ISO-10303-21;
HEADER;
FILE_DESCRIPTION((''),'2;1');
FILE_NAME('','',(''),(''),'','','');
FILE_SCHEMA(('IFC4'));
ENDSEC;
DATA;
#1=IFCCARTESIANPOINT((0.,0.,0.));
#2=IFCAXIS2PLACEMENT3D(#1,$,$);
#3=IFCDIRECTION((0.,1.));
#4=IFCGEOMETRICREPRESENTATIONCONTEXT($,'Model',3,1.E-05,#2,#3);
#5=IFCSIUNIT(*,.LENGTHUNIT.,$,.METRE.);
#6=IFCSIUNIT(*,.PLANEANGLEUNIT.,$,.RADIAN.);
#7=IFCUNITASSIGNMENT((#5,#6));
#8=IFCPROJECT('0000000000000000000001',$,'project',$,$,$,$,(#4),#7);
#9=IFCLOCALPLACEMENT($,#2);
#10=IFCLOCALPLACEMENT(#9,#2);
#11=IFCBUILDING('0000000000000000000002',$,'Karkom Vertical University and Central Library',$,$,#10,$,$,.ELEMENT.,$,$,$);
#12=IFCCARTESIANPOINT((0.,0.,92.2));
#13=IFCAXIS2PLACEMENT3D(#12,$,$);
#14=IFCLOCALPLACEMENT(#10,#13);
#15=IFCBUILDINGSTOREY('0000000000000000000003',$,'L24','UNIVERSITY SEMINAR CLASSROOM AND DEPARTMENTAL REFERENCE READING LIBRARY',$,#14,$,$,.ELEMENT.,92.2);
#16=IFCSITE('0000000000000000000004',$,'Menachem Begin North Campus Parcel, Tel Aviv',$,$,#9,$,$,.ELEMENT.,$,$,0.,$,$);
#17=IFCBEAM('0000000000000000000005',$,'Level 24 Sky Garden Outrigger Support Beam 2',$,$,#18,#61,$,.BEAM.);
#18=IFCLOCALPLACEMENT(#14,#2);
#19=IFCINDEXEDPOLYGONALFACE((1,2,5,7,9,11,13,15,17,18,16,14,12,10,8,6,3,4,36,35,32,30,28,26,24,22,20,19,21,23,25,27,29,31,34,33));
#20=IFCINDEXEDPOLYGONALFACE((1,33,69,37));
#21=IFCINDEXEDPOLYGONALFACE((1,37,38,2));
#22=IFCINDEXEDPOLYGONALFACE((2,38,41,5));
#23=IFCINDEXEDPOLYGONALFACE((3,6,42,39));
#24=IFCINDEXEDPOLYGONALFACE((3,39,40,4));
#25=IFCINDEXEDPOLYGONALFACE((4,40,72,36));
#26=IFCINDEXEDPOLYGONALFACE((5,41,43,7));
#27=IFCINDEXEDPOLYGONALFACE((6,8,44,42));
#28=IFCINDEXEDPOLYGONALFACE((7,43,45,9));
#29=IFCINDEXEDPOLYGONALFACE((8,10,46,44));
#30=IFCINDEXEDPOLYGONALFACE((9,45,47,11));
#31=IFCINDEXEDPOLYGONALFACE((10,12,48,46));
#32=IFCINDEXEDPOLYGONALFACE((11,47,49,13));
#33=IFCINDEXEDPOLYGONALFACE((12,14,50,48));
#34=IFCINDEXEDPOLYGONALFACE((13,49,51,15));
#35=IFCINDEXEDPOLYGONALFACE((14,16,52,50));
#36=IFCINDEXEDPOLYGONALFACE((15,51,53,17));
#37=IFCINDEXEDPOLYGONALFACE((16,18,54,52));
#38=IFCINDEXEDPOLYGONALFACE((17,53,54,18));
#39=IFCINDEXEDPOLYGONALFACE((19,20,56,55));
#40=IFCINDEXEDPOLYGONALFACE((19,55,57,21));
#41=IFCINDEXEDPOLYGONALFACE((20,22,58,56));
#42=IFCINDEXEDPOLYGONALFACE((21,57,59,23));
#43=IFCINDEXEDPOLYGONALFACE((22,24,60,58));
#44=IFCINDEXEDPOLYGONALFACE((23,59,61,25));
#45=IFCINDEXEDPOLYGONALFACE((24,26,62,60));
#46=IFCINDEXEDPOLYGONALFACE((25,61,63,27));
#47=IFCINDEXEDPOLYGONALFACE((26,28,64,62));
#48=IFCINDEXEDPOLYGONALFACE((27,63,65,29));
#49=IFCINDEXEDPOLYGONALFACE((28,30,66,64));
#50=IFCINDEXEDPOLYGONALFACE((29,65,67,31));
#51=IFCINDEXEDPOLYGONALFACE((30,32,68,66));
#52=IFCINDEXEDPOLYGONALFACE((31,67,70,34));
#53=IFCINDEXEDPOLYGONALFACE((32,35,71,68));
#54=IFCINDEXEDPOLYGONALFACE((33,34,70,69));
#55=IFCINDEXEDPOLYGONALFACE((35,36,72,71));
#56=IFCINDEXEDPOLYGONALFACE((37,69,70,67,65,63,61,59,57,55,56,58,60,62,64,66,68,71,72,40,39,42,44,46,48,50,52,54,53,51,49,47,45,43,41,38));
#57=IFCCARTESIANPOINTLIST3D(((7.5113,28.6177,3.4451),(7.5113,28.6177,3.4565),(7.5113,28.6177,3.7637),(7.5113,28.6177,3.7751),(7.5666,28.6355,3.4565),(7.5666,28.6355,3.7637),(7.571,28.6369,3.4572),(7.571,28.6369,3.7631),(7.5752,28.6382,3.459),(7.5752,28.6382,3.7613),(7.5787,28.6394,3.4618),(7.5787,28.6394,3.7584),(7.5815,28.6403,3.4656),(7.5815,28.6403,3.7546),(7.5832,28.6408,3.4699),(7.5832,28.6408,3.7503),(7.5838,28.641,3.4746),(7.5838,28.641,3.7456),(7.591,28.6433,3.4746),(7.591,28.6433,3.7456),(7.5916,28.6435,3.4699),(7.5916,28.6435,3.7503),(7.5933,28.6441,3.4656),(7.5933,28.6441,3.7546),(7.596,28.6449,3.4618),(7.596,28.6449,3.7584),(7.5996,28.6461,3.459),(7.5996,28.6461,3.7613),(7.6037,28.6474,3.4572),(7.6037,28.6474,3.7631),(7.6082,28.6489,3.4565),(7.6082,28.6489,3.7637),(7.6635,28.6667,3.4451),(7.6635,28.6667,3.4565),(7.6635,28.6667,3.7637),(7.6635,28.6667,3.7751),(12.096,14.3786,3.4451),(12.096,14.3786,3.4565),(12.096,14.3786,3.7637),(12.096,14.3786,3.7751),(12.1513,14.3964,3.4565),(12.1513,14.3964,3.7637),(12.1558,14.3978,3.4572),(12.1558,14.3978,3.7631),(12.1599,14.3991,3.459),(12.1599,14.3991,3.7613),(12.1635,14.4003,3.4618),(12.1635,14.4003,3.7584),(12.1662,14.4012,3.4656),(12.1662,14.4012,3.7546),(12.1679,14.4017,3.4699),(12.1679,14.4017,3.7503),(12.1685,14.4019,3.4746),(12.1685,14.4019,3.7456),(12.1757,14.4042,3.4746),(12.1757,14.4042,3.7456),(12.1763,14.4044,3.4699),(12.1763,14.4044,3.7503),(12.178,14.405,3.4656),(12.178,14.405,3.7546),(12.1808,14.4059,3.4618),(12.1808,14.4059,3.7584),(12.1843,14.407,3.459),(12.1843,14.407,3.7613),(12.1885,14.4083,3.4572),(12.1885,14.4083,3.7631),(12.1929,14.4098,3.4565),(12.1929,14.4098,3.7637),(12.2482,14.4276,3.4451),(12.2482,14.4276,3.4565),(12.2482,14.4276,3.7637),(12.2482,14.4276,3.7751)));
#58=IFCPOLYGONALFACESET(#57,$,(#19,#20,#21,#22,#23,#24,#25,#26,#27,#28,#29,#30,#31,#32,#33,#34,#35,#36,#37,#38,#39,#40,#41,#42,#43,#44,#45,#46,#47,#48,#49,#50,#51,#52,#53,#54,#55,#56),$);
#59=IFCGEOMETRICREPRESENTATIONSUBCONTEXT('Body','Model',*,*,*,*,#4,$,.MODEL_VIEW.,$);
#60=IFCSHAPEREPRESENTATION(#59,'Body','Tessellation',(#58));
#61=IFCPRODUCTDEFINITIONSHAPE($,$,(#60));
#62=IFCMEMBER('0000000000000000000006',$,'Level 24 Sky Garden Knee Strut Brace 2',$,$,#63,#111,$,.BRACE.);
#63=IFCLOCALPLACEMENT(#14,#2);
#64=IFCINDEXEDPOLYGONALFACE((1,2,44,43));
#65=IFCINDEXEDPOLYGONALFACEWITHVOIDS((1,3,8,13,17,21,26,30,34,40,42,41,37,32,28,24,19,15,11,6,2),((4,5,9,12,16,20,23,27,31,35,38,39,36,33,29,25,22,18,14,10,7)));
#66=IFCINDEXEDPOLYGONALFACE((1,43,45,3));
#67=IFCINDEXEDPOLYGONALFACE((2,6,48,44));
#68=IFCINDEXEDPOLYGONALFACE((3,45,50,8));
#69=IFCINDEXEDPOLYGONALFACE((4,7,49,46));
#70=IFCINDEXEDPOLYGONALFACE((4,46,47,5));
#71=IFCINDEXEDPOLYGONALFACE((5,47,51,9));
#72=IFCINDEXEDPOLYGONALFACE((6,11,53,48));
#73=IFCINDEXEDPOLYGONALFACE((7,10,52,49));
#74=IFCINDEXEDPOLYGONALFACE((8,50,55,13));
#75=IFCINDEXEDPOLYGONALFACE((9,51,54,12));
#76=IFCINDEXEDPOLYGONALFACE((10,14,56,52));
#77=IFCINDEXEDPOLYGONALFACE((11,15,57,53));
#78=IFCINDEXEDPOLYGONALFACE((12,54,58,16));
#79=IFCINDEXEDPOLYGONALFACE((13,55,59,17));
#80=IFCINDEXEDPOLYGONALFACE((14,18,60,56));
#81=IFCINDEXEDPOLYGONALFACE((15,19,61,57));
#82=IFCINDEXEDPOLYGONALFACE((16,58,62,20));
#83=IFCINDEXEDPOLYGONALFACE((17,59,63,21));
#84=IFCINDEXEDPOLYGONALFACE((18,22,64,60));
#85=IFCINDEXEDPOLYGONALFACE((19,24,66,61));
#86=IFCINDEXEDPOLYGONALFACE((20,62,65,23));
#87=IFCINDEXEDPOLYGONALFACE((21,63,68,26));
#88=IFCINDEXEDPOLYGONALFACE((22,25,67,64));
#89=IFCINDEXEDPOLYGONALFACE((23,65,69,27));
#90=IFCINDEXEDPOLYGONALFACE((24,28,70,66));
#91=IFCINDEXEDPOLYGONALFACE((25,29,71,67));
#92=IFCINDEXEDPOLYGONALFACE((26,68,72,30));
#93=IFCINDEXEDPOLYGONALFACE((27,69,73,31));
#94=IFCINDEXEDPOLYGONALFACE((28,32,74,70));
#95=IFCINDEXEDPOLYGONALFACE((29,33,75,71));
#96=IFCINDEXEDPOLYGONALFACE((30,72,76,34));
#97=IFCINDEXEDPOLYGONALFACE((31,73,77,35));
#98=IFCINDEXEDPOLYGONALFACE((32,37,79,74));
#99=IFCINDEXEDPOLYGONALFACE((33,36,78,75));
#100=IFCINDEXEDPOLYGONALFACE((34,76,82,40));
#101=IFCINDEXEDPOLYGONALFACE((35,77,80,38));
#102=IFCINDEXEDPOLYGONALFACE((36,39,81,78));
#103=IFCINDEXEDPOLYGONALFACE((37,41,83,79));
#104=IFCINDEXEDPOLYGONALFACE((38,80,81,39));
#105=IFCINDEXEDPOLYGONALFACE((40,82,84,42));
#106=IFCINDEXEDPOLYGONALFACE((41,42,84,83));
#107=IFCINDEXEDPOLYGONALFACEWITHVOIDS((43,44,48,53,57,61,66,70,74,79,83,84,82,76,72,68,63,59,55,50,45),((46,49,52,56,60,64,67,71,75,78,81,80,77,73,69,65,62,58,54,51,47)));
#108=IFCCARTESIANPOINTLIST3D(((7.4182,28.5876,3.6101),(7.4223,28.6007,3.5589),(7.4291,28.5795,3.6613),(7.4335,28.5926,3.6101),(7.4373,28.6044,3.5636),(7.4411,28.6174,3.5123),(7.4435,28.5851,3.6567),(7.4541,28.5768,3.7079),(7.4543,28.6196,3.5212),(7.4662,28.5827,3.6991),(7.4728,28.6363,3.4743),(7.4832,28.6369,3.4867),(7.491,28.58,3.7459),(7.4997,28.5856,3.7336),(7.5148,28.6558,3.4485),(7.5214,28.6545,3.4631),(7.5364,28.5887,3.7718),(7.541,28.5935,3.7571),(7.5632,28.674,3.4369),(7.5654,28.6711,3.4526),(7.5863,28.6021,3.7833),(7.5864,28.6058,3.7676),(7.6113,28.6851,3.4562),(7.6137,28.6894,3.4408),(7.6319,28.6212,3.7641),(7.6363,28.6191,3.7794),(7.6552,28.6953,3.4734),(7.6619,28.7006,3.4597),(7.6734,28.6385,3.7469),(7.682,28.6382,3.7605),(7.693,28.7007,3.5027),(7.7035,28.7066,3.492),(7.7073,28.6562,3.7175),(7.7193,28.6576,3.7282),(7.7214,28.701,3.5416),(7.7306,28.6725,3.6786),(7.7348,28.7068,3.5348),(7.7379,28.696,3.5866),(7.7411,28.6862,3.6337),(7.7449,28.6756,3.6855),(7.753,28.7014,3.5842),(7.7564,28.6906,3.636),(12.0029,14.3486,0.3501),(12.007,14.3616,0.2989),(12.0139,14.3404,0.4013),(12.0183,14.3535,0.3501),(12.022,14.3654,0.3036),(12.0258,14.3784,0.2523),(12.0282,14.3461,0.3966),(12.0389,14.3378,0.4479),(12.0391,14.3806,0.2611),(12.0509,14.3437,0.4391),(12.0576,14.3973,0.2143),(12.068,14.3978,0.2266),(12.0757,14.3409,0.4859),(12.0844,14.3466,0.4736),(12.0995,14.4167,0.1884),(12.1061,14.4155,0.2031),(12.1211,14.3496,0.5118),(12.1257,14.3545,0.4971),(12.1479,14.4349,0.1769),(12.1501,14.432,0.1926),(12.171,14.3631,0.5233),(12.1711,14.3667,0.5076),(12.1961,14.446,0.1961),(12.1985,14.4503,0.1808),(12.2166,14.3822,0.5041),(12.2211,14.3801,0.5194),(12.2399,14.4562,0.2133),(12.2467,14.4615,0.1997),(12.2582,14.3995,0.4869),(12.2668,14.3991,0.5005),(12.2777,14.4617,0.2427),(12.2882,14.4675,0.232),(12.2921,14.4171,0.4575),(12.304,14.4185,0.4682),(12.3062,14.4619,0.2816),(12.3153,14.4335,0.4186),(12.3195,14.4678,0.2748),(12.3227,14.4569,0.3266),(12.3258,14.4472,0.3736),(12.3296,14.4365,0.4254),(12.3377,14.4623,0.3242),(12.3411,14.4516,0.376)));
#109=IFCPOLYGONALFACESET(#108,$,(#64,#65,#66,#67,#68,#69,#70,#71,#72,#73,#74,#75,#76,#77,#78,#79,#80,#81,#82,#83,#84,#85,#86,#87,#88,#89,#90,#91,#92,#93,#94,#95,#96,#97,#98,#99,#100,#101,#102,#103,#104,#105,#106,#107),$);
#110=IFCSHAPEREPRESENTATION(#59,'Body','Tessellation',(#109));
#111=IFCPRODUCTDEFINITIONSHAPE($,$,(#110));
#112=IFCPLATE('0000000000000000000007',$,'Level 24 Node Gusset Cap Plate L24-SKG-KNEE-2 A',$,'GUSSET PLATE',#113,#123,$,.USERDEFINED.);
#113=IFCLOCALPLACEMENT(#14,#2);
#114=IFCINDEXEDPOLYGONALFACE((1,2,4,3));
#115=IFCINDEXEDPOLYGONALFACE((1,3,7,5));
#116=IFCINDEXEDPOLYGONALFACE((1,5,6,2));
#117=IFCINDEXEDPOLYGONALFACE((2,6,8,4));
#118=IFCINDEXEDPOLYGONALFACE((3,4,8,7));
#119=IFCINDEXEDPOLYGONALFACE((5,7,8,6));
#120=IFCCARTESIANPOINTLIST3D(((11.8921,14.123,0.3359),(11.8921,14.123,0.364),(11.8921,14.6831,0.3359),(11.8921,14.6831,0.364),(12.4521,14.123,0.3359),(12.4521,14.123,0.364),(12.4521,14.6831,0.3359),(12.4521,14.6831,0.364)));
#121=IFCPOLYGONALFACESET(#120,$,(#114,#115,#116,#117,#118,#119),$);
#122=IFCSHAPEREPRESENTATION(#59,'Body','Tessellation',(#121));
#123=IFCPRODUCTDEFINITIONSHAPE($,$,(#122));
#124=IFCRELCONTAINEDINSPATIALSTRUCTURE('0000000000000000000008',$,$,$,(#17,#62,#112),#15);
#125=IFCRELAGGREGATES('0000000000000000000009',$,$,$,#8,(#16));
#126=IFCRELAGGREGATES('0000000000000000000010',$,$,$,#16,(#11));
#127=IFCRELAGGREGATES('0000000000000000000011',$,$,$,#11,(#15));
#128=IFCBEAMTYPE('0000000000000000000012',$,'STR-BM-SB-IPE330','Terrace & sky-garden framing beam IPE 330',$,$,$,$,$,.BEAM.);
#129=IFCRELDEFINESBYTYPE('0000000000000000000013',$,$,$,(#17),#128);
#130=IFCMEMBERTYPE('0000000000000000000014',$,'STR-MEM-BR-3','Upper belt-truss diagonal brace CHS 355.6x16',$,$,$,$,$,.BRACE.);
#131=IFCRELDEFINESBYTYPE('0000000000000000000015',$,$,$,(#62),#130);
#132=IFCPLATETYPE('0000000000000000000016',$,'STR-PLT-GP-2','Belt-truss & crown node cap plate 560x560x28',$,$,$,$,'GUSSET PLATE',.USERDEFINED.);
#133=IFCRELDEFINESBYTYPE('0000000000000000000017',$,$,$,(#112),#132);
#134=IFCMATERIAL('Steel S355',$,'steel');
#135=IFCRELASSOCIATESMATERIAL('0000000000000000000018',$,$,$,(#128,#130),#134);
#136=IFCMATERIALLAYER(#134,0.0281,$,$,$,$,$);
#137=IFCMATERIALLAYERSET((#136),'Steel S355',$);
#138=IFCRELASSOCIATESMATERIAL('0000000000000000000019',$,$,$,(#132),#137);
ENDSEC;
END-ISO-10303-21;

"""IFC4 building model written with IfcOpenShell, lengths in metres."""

from ifc_helpers import new_model, si_unit, direction, frame, origin, origin_with_axes, origin_2d, place, context, subcontext, project, spatial, rectangle, hollow_circle, i_section, extrude, source, transform, mapped, material, layer, layer_set, material_profile, profile_set, type_object, element, save


model = new_model("IFC4")

# Units and contexts
model_context = context("Model", 3, precision=1e-05, world=origin(), true_north=direction((0.0, 1.0)))
body_context = subcontext(model_context, "Body", "Model", "MODEL_VIEW")
ifc_project = project(units=[si_unit("LENGTHUNIT", "METRE"), si_unit("PLANEANGLEUNIT", "RADIAN")], contexts=[model_context])

# Site, building, storey
site_placement = place(None, origin())
site = spatial("IfcSite", under=ifc_project, at=site_placement, Name="Menachem Begin North Campus Parcel, Tel Aviv", CompositionType="ELEMENT", RefElevation=0.0)
building_placement = place(site_placement, origin())
building = spatial("IfcBuilding", under=site, at=building_placement, Name="Karkom Vertical University and Central Library", CompositionType="ELEMENT")
storey_placement = place(building_placement, frame((0.0, 0.0, 92.2)))
storey = spatial("IfcBuildingStorey", under=building, at=storey_placement, Name="L24", Description="UNIVERSITY SEMINAR CLASSROOM AND DEPARTMENTAL REFERENCE READING LIBRARY", CompositionType="ELEMENT", Elevation=92.2)

# Beam
ifc_material_1 = material(Name="Steel S355", Category="steel")
ifc_material_profile_1 = material_profile(ifc_material_1, i_section(OverallWidth=0.1599, OverallDepth=0.3301, WebThickness=0.0076, FlangeThickness=0.0115, FilletRadius=0.0181, at=origin_2d()), Name="IPE 330")
ifc_profile_set_1 = profile_set([ifc_material_profile_1], Name="Steel S355")
beam_type_1 = type_object("IfcBeamType", Name="STR-BM-SB-IPE330", Description="Terrace & sky-garden framing beam IPE 330", PredefinedType="BEAM", material=ifc_profile_set_1)
shared_shape_1 = source(origin_with_axes(), body_context, "Body", "SweptSolid", [
    extrude(i_section(OverallWidth=0.1599, OverallDepth=0.3301, WebThickness=0.0076, FlangeThickness=0.0115, FilletRadius=0.0181, at=origin_2d()), origin(), (0.0, 0.0, 1.0), 14.959),
])
beam_1_placement = place(storey_placement, frame((12.1721, 14.4031, 3.6101), z_axis=(-0.306487, 0.951875, 0.0), x_axis=(-0.951875, -0.306487, 0.0)))
element("IfcBeam", 1, at=beam_1_placement, inside=storey, type_object=beam_type_1, Name="Level 24 Sky Garden Outrigger Support Beam 2", PredefinedType="BEAM", context=body_context, shape_type="MappedRepresentation", body=[
    mapped(shared_shape_1, transform((0.0, 0.0, 0.0), scale=1.0)),
])

# Member
ifc_material_profile_2 = material_profile(ifc_material_1, hollow_circle(Radius=0.1777, WallThickness=0.0161, at=origin_2d()), Name="CHS 355.6x16")
ifc_profile_set_2 = profile_set([ifc_material_profile_2], Name="Steel S355")
member_type = type_object("IfcMemberType", Name="STR-MEM-BR-3", Description="Upper belt-truss diagonal brace CHS 355.6x16", PredefinedType="BRACE", material=ifc_profile_set_2)
shared_shape_2 = source(origin_with_axes(), body_context, "Body", "SweptSolid", [
    extrude(hollow_circle(Radius=0.1777, WallThickness=0.0161, at=origin_2d()), origin(), (0.0, 0.0, 1.0), 15.3101),
])
member_placement = place(storey_placement, frame((12.1721, 14.4031, 0.3501), z_axis=(-0.299459, 0.930045, 0.212933), x_axis=(-0.951875, -0.306487, 0.0)))
element("IfcMember", 2, at=member_placement, inside=storey, type_object=member_type, Name="Level 24 Sky Garden Knee Strut Brace 2", PredefinedType="BRACE", context=body_context, shape_type="MappedRepresentation", body=[
    mapped(shared_shape_2, transform((0.0, 0.0, 0.0), scale=1.0)),
])

# Plate
ifc_layer_1 = layer(ifc_material_1, 0.0281)
ifc_layer_set_1 = layer_set([ifc_layer_1], Name="Steel S355")
plate_type = type_object("IfcPlateType", Name="STR-PLT-GP-2", Description="Belt-truss & crown node cap plate 560x560x28", ElementType="GUSSET PLATE", PredefinedType="USERDEFINED", material=ifc_layer_set_1)
shared_shape_3 = source(origin_with_axes(), body_context, "Body", "SweptSolid", [
    extrude(rectangle(XDim=0.5601, YDim=0.5601, at=origin_2d()), origin(), (0.0, 0.0, 1.0), 0.0281),
])
plate_placement = place(storey_placement, frame((12.1721, 14.4031, 0.3359), z_axis=(0.0, 0.0, 1.0), x_axis=(1.0, 0.0, 0.0)))
element("IfcPlate", 3, at=plate_placement, inside=storey, type_object=plate_type, Name="Level 24 Node Gusset Cap Plate L24-SKG-KNEE-2 A", ObjectType="GUSSET PLATE", PredefinedType="USERDEFINED", context=body_context, shape_type="MappedRepresentation", body=[
    mapped(shared_shape_3, transform((0.0, 0.0, 0.0), scale=1.0)),
])

save(model, "model.ifc")
